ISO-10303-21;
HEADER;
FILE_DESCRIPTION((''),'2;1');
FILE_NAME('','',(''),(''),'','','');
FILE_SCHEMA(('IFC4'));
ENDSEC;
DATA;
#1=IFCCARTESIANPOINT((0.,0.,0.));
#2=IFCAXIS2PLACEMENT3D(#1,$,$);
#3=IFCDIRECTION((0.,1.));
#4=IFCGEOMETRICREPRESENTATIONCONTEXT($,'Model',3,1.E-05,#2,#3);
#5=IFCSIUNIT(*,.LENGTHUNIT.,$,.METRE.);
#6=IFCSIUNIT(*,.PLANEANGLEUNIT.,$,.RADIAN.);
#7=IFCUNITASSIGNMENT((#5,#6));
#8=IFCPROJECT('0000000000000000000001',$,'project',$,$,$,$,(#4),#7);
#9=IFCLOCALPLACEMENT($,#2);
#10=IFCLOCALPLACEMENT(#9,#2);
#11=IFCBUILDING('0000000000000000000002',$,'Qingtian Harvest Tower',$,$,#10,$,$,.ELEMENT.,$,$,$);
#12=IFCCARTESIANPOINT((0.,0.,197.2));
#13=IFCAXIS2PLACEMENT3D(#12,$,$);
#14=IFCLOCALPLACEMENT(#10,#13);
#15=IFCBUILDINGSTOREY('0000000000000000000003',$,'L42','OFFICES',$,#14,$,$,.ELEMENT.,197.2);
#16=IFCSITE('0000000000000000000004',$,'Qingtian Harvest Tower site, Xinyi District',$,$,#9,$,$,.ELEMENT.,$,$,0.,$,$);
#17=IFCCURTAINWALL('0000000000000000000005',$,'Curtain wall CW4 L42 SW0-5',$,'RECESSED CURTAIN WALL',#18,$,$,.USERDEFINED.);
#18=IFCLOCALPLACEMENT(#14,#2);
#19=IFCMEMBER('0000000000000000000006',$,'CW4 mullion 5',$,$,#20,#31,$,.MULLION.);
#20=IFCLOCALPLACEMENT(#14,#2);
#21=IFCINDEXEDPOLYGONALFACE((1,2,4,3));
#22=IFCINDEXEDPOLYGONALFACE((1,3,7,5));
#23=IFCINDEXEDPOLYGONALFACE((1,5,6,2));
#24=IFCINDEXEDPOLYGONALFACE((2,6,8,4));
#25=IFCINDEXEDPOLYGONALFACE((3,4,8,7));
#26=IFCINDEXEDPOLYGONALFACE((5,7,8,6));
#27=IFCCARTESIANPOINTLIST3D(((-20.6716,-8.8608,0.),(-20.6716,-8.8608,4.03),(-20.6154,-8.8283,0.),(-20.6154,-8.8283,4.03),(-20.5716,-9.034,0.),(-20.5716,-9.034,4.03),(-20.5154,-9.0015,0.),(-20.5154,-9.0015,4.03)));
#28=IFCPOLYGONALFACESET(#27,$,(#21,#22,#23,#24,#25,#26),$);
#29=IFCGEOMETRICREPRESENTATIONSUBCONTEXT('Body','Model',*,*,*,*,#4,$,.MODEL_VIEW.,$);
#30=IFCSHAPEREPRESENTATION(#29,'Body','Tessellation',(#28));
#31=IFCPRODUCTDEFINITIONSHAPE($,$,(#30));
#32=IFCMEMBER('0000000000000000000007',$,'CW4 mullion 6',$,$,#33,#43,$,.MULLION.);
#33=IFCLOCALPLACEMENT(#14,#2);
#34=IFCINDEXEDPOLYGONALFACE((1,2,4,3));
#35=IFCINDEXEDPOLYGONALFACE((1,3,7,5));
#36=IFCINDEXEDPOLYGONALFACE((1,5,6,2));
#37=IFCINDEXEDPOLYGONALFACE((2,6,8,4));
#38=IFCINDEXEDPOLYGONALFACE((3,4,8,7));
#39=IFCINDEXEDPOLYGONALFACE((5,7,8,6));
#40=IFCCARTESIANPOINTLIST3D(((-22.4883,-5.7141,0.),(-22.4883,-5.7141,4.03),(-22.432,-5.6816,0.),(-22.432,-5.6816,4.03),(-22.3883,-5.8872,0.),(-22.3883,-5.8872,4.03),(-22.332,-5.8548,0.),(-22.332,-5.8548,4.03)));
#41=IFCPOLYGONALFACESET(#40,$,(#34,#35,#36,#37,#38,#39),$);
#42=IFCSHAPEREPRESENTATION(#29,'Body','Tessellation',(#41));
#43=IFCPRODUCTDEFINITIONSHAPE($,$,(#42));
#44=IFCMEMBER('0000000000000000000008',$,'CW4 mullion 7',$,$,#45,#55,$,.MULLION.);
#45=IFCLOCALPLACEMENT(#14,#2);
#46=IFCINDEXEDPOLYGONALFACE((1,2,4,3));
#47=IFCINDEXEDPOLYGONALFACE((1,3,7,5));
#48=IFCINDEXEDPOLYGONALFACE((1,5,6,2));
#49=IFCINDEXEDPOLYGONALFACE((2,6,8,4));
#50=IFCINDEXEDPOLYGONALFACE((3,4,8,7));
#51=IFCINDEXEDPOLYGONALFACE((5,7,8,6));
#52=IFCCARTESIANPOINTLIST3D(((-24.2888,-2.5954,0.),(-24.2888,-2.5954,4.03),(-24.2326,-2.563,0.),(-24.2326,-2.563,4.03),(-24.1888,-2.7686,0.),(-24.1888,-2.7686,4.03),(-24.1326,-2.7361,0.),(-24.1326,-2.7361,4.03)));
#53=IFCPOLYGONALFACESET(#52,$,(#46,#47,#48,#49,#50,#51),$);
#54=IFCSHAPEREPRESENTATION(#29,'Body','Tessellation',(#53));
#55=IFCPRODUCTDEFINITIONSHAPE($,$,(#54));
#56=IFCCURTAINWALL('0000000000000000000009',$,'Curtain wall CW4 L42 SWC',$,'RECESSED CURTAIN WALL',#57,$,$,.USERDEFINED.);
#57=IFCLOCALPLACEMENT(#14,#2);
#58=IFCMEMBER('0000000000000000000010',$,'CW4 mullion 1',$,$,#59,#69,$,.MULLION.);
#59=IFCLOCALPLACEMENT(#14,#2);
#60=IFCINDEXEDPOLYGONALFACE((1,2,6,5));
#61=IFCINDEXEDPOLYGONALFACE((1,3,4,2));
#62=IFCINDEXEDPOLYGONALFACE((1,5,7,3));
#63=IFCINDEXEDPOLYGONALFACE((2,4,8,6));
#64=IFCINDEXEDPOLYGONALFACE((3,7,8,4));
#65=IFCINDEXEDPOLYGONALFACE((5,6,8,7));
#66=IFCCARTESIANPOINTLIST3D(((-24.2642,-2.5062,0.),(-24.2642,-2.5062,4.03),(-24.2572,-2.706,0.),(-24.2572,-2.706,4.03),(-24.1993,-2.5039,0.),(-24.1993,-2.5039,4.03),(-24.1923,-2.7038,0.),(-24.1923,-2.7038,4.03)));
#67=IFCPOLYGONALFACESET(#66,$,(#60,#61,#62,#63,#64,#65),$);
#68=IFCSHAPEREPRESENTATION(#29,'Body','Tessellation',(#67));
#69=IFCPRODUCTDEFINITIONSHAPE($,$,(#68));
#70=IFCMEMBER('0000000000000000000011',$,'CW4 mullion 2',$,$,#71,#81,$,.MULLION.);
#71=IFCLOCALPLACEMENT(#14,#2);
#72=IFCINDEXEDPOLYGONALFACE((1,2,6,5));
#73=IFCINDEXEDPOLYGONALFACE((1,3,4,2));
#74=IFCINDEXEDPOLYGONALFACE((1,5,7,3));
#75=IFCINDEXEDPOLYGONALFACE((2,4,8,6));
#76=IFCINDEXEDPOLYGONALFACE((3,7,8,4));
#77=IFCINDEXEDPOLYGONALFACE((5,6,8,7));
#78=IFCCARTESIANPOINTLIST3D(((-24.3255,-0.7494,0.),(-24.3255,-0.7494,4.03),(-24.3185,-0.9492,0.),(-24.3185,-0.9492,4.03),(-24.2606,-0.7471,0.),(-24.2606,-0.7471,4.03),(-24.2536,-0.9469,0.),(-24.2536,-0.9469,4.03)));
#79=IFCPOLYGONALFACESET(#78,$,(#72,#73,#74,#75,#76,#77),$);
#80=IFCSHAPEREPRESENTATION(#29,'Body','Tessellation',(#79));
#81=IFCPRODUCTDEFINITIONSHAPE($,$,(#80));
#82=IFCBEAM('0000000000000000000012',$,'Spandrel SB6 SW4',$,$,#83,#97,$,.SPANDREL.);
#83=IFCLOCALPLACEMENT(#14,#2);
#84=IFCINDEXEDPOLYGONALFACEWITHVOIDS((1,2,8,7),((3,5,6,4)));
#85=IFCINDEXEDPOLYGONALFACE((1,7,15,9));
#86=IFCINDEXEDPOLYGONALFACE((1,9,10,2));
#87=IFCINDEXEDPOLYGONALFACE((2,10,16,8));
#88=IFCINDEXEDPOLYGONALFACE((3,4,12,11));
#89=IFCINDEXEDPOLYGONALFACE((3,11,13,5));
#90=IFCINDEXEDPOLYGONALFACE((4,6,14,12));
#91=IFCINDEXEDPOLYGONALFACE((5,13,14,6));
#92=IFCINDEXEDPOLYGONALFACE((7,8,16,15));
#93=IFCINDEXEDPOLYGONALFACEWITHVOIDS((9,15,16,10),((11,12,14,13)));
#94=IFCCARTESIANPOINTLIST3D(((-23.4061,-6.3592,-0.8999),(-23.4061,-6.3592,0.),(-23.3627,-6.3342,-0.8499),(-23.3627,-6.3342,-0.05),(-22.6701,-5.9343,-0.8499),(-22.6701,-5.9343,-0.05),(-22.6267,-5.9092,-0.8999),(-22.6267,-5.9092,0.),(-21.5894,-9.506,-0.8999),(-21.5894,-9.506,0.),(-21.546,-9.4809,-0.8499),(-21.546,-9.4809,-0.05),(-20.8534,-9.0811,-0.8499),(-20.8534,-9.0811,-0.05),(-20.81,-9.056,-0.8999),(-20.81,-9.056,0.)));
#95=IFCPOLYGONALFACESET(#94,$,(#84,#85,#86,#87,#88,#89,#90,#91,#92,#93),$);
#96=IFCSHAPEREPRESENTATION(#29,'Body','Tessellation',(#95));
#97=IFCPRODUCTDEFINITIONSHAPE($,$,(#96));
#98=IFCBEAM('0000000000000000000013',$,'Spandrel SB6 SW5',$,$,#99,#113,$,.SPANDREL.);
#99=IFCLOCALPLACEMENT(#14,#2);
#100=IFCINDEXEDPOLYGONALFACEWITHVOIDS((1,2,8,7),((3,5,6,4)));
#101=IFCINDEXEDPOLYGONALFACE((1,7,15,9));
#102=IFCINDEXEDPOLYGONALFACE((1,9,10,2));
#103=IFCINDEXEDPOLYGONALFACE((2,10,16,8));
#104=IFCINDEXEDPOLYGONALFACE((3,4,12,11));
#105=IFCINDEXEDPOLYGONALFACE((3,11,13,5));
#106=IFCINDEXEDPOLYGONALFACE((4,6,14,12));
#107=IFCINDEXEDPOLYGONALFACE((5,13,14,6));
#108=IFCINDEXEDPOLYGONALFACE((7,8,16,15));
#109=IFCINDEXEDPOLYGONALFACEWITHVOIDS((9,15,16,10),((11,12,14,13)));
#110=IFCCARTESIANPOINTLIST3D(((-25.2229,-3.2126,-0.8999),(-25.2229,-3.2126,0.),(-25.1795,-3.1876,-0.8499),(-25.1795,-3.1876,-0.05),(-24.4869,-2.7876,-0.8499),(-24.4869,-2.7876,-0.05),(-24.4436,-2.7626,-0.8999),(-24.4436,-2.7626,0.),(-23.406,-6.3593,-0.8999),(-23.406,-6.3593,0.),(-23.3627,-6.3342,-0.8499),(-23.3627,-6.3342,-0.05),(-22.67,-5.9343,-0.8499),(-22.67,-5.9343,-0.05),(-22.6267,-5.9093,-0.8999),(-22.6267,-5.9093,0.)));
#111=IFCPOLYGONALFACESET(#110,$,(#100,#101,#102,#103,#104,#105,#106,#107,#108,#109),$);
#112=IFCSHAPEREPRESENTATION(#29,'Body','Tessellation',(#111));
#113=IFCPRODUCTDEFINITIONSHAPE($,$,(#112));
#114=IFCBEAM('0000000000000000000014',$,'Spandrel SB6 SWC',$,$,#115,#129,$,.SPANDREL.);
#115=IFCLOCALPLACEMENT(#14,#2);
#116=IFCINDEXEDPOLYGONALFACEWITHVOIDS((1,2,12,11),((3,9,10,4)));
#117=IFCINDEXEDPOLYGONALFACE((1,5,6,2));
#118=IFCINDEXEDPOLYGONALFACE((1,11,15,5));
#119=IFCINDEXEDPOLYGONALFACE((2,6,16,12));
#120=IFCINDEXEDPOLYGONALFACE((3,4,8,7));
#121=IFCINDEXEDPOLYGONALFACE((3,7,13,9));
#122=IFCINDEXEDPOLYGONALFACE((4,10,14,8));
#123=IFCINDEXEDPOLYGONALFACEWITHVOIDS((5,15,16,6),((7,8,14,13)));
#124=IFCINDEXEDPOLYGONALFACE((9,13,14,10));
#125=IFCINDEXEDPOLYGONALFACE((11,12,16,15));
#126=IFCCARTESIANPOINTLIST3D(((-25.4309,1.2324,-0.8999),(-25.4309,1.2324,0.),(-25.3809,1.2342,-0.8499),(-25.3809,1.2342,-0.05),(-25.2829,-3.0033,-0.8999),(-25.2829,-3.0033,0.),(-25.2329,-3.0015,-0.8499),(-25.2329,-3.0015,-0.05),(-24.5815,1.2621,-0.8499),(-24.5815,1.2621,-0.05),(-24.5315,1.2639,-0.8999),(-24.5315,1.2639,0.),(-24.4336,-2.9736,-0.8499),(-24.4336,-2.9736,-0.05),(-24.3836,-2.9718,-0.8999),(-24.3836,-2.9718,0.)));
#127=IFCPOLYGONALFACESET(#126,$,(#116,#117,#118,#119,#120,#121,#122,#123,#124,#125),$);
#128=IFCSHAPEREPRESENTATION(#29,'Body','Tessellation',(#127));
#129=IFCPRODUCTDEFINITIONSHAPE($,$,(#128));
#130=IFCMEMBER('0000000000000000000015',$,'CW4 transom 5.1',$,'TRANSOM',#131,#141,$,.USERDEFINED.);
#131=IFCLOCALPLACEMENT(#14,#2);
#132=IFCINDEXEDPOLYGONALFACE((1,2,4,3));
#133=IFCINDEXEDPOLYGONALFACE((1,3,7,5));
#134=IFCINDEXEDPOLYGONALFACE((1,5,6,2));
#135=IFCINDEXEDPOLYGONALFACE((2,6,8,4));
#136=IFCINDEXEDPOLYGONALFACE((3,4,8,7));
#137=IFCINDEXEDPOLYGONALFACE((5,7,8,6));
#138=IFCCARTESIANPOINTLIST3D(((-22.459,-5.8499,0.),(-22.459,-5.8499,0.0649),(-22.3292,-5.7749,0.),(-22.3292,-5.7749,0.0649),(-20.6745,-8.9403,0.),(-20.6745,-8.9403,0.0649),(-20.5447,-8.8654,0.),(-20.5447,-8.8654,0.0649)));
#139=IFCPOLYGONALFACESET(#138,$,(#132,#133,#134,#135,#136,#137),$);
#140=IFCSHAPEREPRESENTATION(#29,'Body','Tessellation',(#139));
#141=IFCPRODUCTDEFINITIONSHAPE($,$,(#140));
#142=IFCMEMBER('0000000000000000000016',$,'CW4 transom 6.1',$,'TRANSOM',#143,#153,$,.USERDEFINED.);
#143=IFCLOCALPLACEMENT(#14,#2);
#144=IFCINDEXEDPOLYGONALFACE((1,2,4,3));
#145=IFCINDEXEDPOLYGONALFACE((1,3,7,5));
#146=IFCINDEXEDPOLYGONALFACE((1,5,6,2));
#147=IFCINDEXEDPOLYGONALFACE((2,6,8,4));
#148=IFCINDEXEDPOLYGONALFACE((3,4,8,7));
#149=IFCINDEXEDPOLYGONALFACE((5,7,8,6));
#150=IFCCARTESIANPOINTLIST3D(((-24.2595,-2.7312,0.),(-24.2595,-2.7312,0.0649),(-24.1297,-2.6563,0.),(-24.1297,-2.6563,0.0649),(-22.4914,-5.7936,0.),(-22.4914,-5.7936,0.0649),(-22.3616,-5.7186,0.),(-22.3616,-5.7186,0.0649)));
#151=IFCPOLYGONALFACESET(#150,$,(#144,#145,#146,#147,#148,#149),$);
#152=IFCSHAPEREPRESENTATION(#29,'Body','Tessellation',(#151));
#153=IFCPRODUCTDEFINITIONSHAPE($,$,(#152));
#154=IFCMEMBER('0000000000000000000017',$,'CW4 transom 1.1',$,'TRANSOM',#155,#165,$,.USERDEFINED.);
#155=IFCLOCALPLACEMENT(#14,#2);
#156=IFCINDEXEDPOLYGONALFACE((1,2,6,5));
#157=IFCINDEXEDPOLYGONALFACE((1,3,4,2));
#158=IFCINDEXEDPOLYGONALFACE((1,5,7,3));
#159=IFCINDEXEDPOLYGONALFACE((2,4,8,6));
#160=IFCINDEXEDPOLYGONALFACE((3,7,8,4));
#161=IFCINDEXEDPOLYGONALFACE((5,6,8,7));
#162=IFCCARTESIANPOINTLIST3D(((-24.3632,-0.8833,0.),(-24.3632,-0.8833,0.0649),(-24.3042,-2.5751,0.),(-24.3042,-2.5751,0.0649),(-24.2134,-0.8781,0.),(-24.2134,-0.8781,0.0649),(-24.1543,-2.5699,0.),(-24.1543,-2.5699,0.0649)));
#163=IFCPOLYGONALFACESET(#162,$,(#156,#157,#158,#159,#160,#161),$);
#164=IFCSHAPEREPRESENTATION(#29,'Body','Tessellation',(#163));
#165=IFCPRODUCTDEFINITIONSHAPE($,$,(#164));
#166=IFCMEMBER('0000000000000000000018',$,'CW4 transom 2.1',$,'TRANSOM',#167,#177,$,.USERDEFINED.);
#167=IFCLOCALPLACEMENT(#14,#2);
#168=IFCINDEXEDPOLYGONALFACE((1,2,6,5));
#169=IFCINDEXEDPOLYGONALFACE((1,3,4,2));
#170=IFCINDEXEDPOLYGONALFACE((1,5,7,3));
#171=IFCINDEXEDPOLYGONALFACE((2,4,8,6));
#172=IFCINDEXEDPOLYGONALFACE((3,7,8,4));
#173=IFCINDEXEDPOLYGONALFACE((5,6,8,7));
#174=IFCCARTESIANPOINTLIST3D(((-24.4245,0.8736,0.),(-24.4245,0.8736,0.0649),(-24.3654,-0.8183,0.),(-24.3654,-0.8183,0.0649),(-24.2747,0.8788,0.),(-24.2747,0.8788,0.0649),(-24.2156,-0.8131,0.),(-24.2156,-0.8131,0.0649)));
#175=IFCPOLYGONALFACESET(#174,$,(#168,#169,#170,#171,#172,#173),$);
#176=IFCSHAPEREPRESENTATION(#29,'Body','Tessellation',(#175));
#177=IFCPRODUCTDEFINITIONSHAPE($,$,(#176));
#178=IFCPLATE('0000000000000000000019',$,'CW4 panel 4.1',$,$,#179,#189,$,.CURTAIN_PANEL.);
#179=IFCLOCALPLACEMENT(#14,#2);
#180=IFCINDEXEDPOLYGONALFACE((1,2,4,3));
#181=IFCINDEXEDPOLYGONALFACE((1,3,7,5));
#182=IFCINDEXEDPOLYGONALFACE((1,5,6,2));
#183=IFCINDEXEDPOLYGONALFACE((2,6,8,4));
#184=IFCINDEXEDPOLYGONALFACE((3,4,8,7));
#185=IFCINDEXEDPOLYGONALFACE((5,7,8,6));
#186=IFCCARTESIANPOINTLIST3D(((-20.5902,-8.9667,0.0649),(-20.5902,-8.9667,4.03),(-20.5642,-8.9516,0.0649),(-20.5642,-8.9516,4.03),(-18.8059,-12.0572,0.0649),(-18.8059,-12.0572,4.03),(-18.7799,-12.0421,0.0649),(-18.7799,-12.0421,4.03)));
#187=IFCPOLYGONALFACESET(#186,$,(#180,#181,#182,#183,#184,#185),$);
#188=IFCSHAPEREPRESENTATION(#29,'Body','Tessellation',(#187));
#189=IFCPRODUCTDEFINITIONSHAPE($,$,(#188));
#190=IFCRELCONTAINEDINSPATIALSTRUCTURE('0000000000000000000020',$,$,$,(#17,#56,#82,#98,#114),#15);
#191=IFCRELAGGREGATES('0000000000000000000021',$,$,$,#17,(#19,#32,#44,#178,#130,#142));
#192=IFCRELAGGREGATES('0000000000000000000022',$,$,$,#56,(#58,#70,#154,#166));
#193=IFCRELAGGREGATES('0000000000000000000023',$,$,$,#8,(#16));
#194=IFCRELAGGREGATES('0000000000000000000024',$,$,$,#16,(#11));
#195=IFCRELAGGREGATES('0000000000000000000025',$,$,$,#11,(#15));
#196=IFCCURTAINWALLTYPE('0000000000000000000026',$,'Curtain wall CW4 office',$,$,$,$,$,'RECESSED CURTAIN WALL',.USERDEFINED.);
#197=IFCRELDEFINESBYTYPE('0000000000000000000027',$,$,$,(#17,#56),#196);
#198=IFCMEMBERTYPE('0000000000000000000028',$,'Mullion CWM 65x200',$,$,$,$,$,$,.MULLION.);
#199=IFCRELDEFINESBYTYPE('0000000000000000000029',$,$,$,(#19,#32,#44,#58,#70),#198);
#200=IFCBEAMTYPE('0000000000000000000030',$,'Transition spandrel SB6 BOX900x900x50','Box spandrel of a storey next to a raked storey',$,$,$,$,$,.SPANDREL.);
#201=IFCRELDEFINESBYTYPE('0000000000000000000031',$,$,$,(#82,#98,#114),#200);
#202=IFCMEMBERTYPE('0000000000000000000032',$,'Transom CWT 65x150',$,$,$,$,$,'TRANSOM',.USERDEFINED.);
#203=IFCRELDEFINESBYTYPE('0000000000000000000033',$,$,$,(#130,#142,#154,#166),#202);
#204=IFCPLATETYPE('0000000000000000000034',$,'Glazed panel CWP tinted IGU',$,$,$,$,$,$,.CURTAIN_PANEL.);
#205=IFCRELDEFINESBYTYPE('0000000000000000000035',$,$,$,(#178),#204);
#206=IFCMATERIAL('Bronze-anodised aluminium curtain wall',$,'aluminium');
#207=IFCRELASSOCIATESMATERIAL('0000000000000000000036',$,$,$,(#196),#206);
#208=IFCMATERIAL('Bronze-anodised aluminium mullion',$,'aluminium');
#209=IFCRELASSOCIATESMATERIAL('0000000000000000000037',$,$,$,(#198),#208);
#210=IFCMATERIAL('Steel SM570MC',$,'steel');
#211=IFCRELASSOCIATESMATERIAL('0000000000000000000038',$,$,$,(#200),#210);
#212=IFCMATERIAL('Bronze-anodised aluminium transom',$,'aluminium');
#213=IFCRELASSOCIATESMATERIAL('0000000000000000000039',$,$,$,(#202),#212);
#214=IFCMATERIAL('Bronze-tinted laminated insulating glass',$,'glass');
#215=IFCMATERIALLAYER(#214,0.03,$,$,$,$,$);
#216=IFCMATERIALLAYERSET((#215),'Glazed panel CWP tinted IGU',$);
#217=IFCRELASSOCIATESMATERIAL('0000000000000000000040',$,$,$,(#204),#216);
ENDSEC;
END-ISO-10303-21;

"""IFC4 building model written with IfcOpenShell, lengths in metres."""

from ifc_helpers import new_model, si_unit, direction, frame, origin, origin_2d, place, context, subcontext, project, spatial, rectangle, hollow_rectangle, extrude, material, layer, layer_set, material_profile, profile_set, type_object, element, aggregate, save


model = new_model("IFC4")

# Units and contexts
model_context = context("Model", 3, precision=1e-05, world=origin(), true_north=direction((0.0, 1.0)))
body_context = subcontext(model_context, "Body", "Model", "MODEL_VIEW")
ifc_project = project(units=[si_unit("LENGTHUNIT", "METRE"), si_unit("PLANEANGLEUNIT", "RADIAN")], contexts=[model_context])

# Site, building, storey
site_placement = place(None, origin())
site = spatial("IfcSite", under=ifc_project, at=site_placement, Name="Qingtian Harvest Tower site, Xinyi District", CompositionType="ELEMENT", RefElevation=0.0)
building_placement = place(site_placement, origin())
building = spatial("IfcBuilding", under=site, at=building_placement, Name="Qingtian Harvest Tower", CompositionType="ELEMENT")
storey_placement = place(building_placement, frame((0.0, 0.0, 197.2)))
storey = spatial("IfcBuildingStorey", under=building, at=storey_placement, Name="L42", Description="OFFICES", CompositionType="ELEMENT", Elevation=197.2)

# Curtain walls, members
ifc_material_1 = material(Name="Bronze-anodised aluminium curtain wall", Category="aluminium")
curtain_wall_type = type_object("IfcCurtainWallType", Name="Curtain wall CW4 office", ElementType="RECESSED CURTAIN WALL", PredefinedType="USERDEFINED", material=ifc_material_1)
curtain_wall_1_placement = place(storey_placement, origin())
curtain_wall_1 = element("IfcCurtainWall", 1, at=curtain_wall_1_placement, inside=storey, type_object=curtain_wall_type, Name="Curtain wall CW4 L42 SW0-5", ObjectType="RECESSED CURTAIN WALL", PredefinedType="USERDEFINED")
ifc_material_2 = material(Name="Bronze-anodised aluminium mullion", Category="aluminium")
ifc_material_profile_1 = material_profile(ifc_material_2, rectangle(XDim=0.0649, YDim=0.2, at=origin_2d()), Name="AL 65x200")
ifc_profile_set_1 = profile_set([ifc_material_profile_1], Name="Bronze-anodised aluminium mullion")
member_type_1 = type_object("IfcMemberType", Name="Mullion CWM 65x200", PredefinedType="MULLION", material=ifc_profile_set_1)
member_1_placement = place(storey_placement, frame((-20.5935, -8.9312, 0.0), z_axis=(0.0, 0.0, 1.0), x_axis=(-0.866025, -0.5, 0.0)))
member_1 = element("IfcMember", 2, at=member_1_placement, type_object=member_type_1, Name="CW4 mullion 5", PredefinedType="MULLION", context=body_context, shape_type="SweptSolid", body=[
    extrude(rectangle(XDim=0.0649, YDim=0.2, at=origin_2d()), origin(), (0.0, 0.0, 1.0), 4.03),
])
member_2_placement = place(storey_placement, frame((-22.4102, -5.7844, 0.0), z_axis=(0.0, 0.0, 1.0), x_axis=(-0.866025, -0.5, 0.0)))
member_2 = element("IfcMember", 3, at=member_2_placement, type_object=member_type_1, Name="CW4 mullion 6", PredefinedType="MULLION", context=body_context, shape_type="SweptSolid", body=[
    extrude(rectangle(XDim=0.0649, YDim=0.2, at=origin_2d()), origin(), (0.0, 0.0, 1.0), 4.03),
])
member_3_placement = place(storey_placement, frame((-24.2107, -2.6658, 0.0), z_axis=(0.0, 0.0, 1.0), x_axis=(-0.866025, -0.5, 0.0)))
member_3 = element("IfcMember", 4, at=member_3_placement, type_object=member_type_1, Name="CW4 mullion 7", PredefinedType="MULLION", context=body_context, shape_type="SweptSolid", body=[
    extrude(rectangle(XDim=0.0649, YDim=0.2, at=origin_2d()), origin(), (0.0, 0.0, 1.0), 4.03),
])
curtain_wall_2_placement = place(storey_placement, origin())
curtain_wall_2 = element("IfcCurtainWall", 5, at=curtain_wall_2_placement, inside=storey, type_object=curtain_wall_type, Name="Curtain wall CW4 L42 SWC", ObjectType="RECESSED CURTAIN WALL", PredefinedType="USERDEFINED")
member_4_placement = place(storey_placement, frame((-24.2283, -2.605, 0.0), z_axis=(0.0, 0.0, 1.0), x_axis=(-0.999391, -0.034899, 0.0)))
member_4 = element("IfcMember", 6, at=member_4_placement, type_object=member_type_1, Name="CW4 mullion 1", PredefinedType="MULLION", context=body_context, shape_type="SweptSolid", body=[
    extrude(rectangle(XDim=0.0649, YDim=0.2, at=origin_2d()), origin(), (0.0, 0.0, 1.0), 4.03),
])
member_5_placement = place(storey_placement, frame((-24.2896, -0.8481, 0.0), z_axis=(0.0, 0.0, 1.0), x_axis=(-0.999391, -0.034899, 0.0)))
member_5 = element("IfcMember", 7, at=member_5_placement, type_object=member_type_1, Name="CW4 mullion 2", PredefinedType="MULLION", context=body_context, shape_type="SweptSolid", body=[
    extrude(rectangle(XDim=0.0649, YDim=0.2, at=origin_2d()), origin(), (0.0, 0.0, 1.0), 4.03),
])

# Beams
ifc_material_3 = material(Name="Steel SM570MC", Category="steel")
ifc_material_profile_2 = material_profile(ifc_material_3, hollow_rectangle(XDim=0.8999, YDim=0.8999, WallThickness=0.05, at=origin_2d()), Name="BOX900x900x50")
ifc_profile_set_2 = profile_set([ifc_material_profile_2], Name="Steel SM570MC")
beam_type_1 = type_object("IfcBeamType", Name="Transition spandrel SB6 BOX900x900x50", Description="Box spandrel of a storey next to a raked storey", PredefinedType="SPANDREL", material=ifc_profile_set_2)
for number, where, z_axis, x_axis, name in (
    (8, (-21.1997, -9.281, -0.45), (-0.499976, 0.866039, 0.0), (-0.866039, -0.499976, 0.0), "Spandrel SB6 SW4"),
    (9, (-23.0164, -6.1343, -0.45), (-0.500027, 0.86601, 0.0), (-0.86601, -0.500027, 0.0), "Spandrel SB6 SW5"),
):
    element("IfcBeam", number, at=place(storey_placement, frame(where, z_axis=z_axis, x_axis=x_axis)), inside=storey, type_object=beam_type_1, Name=name, PredefinedType="SPANDREL", context=body_context, shape_type="SweptSolid", body=[
        extrude(hollow_rectangle(XDim=0.8999, YDim=0.8999, WallThickness=0.05, at=origin_2d()), origin(), (0.0, 0.0, 1.0), 3.6335),
    ])
beam_1_placement = place(storey_placement, frame((-24.8333, -2.9875, -0.45), z_axis=(-0.034909, 0.999391, 0.0), x_axis=(-0.999391, -0.034909, 0.0)))
element("IfcBeam", 10, at=beam_1_placement, inside=storey, type_object=beam_type_1, Name="Spandrel SB6 SWC", PredefinedType="SPANDREL", context=body_context, shape_type="SweptSolid", body=[
    extrude(hollow_rectangle(XDim=0.8999, YDim=0.8999, WallThickness=0.05, at=origin_2d()), origin(), (0.0, 0.0, 1.0), 4.2383),
])

# Members
ifc_material_4 = material(Name="Bronze-anodised aluminium transom", Category="aluminium")
ifc_material_profile_3 = material_profile(ifc_material_4, rectangle(XDim=0.1499, YDim=0.0649, at=origin_2d()), Name="AL 65x150")
ifc_profile_set_3 = profile_set([ifc_material_profile_3], Name="Bronze-anodised aluminium transom")
member_type_2 = type_object("IfcMemberType", Name="Transom CWT 65x150", ElementType="TRANSOM", PredefinedType="USERDEFINED", material=ifc_profile_set_3)
member_6_placement = place(storey_placement, frame((-20.6096, -8.9028, 0.0325), z_axis=(-0.500046, 0.865999, 0.0), x_axis=(-0.865999, -0.500046, 0.0)))
member_6 = element("IfcMember", 11, at=member_6_placement, type_object=member_type_2, Name="CW4 transom 5.1", ObjectType="TRANSOM", PredefinedType="USERDEFINED", context=body_context, shape_type="SweptSolid", body=[
    extrude(rectangle(XDim=0.1499, YDim=0.0649, at=origin_2d()), origin(), (0.0, 0.0, 1.0), 3.5686),
])
member_7_placement = place(storey_placement, frame((-22.4265, -5.7561, 0.0325), z_axis=(-0.500015, 0.866017, 0.0), x_axis=(-0.866017, -0.500015, 0.0)))
member_7 = element("IfcMember", 12, at=member_7_placement, type_object=member_type_2, Name="CW4 transom 6.1", ObjectType="TRANSOM", PredefinedType="USERDEFINED", context=body_context, shape_type="SweptSolid", body=[
    extrude(rectangle(XDim=0.1499, YDim=0.0649, at=origin_2d()), origin(), (0.0, 0.0, 1.0), 3.5361),
])
member_8_placement = place(storey_placement, frame((-24.2292, -2.5725, 0.0325), z_axis=(-0.034899, 0.999391, 0.0), x_axis=(-0.999391, -0.034899, 0.0)))
member_8 = element("IfcMember", 13, at=member_8_placement, type_object=member_type_2, Name="CW4 transom 1.1", ObjectType="TRANSOM", PredefinedType="USERDEFINED", context=body_context, shape_type="SweptSolid", body=[
    extrude(rectangle(XDim=0.1499, YDim=0.0649, at=origin_2d()), origin(), (0.0, 0.0, 1.0), 1.6929),
])
member_9_placement = place(storey_placement, frame((-24.2905, -0.8157, 0.0325), z_axis=(-0.034899, 0.999391, 0.0), x_axis=(-0.999391, -0.034899, 0.0)))
member_9 = element("IfcMember", 14, at=member_9_placement, type_object=member_type_2, Name="CW4 transom 2.1", ObjectType="TRANSOM", PredefinedType="USERDEFINED", context=body_context, shape_type="SweptSolid", body=[
    extrude(rectangle(XDim=0.1499, YDim=0.0649, at=origin_2d()), origin(), (0.0, 0.0, 1.0), 1.6929),
])

# Plate
ifc_material_5 = material(Name="Bronze-tinted laminated insulating glass", Category="glass")
ifc_layer_1 = layer(ifc_material_5, 0.03)
ifc_layer_set_1 = layer_set([ifc_layer_1], Name="Glazed panel CWP tinted IGU")
plate_type = type_object("IfcPlateType", Name="Glazed panel CWP tinted IGU", PredefinedType="CURTAIN_PANEL", material=ifc_layer_set_1)
plate_1_placement = place(storey_placement, frame((-19.6851, -10.5044, 0.0649), z_axis=(0.0, 0.0, 1.0), x_axis=(-0.5, 0.866025, 0.0)))
plate_1 = element("IfcPlate", 15, at=plate_1_placement, type_object=plate_type, Name="CW4 panel 4.1", PredefinedType="CURTAIN_PANEL", context=body_context, shape_type="SweptSolid", body=[
    extrude(rectangle(XDim=3.5686, YDim=0.03, at=origin_2d()), origin(), (0.0, 0.0, 1.0), 3.9651),
])
aggregate(curtain_wall_1, [member_1, member_2, member_3, plate_1, member_6, member_7])
aggregate(curtain_wall_2, [member_4, member_5, member_8, member_9])

save(model, "model.ifc")
